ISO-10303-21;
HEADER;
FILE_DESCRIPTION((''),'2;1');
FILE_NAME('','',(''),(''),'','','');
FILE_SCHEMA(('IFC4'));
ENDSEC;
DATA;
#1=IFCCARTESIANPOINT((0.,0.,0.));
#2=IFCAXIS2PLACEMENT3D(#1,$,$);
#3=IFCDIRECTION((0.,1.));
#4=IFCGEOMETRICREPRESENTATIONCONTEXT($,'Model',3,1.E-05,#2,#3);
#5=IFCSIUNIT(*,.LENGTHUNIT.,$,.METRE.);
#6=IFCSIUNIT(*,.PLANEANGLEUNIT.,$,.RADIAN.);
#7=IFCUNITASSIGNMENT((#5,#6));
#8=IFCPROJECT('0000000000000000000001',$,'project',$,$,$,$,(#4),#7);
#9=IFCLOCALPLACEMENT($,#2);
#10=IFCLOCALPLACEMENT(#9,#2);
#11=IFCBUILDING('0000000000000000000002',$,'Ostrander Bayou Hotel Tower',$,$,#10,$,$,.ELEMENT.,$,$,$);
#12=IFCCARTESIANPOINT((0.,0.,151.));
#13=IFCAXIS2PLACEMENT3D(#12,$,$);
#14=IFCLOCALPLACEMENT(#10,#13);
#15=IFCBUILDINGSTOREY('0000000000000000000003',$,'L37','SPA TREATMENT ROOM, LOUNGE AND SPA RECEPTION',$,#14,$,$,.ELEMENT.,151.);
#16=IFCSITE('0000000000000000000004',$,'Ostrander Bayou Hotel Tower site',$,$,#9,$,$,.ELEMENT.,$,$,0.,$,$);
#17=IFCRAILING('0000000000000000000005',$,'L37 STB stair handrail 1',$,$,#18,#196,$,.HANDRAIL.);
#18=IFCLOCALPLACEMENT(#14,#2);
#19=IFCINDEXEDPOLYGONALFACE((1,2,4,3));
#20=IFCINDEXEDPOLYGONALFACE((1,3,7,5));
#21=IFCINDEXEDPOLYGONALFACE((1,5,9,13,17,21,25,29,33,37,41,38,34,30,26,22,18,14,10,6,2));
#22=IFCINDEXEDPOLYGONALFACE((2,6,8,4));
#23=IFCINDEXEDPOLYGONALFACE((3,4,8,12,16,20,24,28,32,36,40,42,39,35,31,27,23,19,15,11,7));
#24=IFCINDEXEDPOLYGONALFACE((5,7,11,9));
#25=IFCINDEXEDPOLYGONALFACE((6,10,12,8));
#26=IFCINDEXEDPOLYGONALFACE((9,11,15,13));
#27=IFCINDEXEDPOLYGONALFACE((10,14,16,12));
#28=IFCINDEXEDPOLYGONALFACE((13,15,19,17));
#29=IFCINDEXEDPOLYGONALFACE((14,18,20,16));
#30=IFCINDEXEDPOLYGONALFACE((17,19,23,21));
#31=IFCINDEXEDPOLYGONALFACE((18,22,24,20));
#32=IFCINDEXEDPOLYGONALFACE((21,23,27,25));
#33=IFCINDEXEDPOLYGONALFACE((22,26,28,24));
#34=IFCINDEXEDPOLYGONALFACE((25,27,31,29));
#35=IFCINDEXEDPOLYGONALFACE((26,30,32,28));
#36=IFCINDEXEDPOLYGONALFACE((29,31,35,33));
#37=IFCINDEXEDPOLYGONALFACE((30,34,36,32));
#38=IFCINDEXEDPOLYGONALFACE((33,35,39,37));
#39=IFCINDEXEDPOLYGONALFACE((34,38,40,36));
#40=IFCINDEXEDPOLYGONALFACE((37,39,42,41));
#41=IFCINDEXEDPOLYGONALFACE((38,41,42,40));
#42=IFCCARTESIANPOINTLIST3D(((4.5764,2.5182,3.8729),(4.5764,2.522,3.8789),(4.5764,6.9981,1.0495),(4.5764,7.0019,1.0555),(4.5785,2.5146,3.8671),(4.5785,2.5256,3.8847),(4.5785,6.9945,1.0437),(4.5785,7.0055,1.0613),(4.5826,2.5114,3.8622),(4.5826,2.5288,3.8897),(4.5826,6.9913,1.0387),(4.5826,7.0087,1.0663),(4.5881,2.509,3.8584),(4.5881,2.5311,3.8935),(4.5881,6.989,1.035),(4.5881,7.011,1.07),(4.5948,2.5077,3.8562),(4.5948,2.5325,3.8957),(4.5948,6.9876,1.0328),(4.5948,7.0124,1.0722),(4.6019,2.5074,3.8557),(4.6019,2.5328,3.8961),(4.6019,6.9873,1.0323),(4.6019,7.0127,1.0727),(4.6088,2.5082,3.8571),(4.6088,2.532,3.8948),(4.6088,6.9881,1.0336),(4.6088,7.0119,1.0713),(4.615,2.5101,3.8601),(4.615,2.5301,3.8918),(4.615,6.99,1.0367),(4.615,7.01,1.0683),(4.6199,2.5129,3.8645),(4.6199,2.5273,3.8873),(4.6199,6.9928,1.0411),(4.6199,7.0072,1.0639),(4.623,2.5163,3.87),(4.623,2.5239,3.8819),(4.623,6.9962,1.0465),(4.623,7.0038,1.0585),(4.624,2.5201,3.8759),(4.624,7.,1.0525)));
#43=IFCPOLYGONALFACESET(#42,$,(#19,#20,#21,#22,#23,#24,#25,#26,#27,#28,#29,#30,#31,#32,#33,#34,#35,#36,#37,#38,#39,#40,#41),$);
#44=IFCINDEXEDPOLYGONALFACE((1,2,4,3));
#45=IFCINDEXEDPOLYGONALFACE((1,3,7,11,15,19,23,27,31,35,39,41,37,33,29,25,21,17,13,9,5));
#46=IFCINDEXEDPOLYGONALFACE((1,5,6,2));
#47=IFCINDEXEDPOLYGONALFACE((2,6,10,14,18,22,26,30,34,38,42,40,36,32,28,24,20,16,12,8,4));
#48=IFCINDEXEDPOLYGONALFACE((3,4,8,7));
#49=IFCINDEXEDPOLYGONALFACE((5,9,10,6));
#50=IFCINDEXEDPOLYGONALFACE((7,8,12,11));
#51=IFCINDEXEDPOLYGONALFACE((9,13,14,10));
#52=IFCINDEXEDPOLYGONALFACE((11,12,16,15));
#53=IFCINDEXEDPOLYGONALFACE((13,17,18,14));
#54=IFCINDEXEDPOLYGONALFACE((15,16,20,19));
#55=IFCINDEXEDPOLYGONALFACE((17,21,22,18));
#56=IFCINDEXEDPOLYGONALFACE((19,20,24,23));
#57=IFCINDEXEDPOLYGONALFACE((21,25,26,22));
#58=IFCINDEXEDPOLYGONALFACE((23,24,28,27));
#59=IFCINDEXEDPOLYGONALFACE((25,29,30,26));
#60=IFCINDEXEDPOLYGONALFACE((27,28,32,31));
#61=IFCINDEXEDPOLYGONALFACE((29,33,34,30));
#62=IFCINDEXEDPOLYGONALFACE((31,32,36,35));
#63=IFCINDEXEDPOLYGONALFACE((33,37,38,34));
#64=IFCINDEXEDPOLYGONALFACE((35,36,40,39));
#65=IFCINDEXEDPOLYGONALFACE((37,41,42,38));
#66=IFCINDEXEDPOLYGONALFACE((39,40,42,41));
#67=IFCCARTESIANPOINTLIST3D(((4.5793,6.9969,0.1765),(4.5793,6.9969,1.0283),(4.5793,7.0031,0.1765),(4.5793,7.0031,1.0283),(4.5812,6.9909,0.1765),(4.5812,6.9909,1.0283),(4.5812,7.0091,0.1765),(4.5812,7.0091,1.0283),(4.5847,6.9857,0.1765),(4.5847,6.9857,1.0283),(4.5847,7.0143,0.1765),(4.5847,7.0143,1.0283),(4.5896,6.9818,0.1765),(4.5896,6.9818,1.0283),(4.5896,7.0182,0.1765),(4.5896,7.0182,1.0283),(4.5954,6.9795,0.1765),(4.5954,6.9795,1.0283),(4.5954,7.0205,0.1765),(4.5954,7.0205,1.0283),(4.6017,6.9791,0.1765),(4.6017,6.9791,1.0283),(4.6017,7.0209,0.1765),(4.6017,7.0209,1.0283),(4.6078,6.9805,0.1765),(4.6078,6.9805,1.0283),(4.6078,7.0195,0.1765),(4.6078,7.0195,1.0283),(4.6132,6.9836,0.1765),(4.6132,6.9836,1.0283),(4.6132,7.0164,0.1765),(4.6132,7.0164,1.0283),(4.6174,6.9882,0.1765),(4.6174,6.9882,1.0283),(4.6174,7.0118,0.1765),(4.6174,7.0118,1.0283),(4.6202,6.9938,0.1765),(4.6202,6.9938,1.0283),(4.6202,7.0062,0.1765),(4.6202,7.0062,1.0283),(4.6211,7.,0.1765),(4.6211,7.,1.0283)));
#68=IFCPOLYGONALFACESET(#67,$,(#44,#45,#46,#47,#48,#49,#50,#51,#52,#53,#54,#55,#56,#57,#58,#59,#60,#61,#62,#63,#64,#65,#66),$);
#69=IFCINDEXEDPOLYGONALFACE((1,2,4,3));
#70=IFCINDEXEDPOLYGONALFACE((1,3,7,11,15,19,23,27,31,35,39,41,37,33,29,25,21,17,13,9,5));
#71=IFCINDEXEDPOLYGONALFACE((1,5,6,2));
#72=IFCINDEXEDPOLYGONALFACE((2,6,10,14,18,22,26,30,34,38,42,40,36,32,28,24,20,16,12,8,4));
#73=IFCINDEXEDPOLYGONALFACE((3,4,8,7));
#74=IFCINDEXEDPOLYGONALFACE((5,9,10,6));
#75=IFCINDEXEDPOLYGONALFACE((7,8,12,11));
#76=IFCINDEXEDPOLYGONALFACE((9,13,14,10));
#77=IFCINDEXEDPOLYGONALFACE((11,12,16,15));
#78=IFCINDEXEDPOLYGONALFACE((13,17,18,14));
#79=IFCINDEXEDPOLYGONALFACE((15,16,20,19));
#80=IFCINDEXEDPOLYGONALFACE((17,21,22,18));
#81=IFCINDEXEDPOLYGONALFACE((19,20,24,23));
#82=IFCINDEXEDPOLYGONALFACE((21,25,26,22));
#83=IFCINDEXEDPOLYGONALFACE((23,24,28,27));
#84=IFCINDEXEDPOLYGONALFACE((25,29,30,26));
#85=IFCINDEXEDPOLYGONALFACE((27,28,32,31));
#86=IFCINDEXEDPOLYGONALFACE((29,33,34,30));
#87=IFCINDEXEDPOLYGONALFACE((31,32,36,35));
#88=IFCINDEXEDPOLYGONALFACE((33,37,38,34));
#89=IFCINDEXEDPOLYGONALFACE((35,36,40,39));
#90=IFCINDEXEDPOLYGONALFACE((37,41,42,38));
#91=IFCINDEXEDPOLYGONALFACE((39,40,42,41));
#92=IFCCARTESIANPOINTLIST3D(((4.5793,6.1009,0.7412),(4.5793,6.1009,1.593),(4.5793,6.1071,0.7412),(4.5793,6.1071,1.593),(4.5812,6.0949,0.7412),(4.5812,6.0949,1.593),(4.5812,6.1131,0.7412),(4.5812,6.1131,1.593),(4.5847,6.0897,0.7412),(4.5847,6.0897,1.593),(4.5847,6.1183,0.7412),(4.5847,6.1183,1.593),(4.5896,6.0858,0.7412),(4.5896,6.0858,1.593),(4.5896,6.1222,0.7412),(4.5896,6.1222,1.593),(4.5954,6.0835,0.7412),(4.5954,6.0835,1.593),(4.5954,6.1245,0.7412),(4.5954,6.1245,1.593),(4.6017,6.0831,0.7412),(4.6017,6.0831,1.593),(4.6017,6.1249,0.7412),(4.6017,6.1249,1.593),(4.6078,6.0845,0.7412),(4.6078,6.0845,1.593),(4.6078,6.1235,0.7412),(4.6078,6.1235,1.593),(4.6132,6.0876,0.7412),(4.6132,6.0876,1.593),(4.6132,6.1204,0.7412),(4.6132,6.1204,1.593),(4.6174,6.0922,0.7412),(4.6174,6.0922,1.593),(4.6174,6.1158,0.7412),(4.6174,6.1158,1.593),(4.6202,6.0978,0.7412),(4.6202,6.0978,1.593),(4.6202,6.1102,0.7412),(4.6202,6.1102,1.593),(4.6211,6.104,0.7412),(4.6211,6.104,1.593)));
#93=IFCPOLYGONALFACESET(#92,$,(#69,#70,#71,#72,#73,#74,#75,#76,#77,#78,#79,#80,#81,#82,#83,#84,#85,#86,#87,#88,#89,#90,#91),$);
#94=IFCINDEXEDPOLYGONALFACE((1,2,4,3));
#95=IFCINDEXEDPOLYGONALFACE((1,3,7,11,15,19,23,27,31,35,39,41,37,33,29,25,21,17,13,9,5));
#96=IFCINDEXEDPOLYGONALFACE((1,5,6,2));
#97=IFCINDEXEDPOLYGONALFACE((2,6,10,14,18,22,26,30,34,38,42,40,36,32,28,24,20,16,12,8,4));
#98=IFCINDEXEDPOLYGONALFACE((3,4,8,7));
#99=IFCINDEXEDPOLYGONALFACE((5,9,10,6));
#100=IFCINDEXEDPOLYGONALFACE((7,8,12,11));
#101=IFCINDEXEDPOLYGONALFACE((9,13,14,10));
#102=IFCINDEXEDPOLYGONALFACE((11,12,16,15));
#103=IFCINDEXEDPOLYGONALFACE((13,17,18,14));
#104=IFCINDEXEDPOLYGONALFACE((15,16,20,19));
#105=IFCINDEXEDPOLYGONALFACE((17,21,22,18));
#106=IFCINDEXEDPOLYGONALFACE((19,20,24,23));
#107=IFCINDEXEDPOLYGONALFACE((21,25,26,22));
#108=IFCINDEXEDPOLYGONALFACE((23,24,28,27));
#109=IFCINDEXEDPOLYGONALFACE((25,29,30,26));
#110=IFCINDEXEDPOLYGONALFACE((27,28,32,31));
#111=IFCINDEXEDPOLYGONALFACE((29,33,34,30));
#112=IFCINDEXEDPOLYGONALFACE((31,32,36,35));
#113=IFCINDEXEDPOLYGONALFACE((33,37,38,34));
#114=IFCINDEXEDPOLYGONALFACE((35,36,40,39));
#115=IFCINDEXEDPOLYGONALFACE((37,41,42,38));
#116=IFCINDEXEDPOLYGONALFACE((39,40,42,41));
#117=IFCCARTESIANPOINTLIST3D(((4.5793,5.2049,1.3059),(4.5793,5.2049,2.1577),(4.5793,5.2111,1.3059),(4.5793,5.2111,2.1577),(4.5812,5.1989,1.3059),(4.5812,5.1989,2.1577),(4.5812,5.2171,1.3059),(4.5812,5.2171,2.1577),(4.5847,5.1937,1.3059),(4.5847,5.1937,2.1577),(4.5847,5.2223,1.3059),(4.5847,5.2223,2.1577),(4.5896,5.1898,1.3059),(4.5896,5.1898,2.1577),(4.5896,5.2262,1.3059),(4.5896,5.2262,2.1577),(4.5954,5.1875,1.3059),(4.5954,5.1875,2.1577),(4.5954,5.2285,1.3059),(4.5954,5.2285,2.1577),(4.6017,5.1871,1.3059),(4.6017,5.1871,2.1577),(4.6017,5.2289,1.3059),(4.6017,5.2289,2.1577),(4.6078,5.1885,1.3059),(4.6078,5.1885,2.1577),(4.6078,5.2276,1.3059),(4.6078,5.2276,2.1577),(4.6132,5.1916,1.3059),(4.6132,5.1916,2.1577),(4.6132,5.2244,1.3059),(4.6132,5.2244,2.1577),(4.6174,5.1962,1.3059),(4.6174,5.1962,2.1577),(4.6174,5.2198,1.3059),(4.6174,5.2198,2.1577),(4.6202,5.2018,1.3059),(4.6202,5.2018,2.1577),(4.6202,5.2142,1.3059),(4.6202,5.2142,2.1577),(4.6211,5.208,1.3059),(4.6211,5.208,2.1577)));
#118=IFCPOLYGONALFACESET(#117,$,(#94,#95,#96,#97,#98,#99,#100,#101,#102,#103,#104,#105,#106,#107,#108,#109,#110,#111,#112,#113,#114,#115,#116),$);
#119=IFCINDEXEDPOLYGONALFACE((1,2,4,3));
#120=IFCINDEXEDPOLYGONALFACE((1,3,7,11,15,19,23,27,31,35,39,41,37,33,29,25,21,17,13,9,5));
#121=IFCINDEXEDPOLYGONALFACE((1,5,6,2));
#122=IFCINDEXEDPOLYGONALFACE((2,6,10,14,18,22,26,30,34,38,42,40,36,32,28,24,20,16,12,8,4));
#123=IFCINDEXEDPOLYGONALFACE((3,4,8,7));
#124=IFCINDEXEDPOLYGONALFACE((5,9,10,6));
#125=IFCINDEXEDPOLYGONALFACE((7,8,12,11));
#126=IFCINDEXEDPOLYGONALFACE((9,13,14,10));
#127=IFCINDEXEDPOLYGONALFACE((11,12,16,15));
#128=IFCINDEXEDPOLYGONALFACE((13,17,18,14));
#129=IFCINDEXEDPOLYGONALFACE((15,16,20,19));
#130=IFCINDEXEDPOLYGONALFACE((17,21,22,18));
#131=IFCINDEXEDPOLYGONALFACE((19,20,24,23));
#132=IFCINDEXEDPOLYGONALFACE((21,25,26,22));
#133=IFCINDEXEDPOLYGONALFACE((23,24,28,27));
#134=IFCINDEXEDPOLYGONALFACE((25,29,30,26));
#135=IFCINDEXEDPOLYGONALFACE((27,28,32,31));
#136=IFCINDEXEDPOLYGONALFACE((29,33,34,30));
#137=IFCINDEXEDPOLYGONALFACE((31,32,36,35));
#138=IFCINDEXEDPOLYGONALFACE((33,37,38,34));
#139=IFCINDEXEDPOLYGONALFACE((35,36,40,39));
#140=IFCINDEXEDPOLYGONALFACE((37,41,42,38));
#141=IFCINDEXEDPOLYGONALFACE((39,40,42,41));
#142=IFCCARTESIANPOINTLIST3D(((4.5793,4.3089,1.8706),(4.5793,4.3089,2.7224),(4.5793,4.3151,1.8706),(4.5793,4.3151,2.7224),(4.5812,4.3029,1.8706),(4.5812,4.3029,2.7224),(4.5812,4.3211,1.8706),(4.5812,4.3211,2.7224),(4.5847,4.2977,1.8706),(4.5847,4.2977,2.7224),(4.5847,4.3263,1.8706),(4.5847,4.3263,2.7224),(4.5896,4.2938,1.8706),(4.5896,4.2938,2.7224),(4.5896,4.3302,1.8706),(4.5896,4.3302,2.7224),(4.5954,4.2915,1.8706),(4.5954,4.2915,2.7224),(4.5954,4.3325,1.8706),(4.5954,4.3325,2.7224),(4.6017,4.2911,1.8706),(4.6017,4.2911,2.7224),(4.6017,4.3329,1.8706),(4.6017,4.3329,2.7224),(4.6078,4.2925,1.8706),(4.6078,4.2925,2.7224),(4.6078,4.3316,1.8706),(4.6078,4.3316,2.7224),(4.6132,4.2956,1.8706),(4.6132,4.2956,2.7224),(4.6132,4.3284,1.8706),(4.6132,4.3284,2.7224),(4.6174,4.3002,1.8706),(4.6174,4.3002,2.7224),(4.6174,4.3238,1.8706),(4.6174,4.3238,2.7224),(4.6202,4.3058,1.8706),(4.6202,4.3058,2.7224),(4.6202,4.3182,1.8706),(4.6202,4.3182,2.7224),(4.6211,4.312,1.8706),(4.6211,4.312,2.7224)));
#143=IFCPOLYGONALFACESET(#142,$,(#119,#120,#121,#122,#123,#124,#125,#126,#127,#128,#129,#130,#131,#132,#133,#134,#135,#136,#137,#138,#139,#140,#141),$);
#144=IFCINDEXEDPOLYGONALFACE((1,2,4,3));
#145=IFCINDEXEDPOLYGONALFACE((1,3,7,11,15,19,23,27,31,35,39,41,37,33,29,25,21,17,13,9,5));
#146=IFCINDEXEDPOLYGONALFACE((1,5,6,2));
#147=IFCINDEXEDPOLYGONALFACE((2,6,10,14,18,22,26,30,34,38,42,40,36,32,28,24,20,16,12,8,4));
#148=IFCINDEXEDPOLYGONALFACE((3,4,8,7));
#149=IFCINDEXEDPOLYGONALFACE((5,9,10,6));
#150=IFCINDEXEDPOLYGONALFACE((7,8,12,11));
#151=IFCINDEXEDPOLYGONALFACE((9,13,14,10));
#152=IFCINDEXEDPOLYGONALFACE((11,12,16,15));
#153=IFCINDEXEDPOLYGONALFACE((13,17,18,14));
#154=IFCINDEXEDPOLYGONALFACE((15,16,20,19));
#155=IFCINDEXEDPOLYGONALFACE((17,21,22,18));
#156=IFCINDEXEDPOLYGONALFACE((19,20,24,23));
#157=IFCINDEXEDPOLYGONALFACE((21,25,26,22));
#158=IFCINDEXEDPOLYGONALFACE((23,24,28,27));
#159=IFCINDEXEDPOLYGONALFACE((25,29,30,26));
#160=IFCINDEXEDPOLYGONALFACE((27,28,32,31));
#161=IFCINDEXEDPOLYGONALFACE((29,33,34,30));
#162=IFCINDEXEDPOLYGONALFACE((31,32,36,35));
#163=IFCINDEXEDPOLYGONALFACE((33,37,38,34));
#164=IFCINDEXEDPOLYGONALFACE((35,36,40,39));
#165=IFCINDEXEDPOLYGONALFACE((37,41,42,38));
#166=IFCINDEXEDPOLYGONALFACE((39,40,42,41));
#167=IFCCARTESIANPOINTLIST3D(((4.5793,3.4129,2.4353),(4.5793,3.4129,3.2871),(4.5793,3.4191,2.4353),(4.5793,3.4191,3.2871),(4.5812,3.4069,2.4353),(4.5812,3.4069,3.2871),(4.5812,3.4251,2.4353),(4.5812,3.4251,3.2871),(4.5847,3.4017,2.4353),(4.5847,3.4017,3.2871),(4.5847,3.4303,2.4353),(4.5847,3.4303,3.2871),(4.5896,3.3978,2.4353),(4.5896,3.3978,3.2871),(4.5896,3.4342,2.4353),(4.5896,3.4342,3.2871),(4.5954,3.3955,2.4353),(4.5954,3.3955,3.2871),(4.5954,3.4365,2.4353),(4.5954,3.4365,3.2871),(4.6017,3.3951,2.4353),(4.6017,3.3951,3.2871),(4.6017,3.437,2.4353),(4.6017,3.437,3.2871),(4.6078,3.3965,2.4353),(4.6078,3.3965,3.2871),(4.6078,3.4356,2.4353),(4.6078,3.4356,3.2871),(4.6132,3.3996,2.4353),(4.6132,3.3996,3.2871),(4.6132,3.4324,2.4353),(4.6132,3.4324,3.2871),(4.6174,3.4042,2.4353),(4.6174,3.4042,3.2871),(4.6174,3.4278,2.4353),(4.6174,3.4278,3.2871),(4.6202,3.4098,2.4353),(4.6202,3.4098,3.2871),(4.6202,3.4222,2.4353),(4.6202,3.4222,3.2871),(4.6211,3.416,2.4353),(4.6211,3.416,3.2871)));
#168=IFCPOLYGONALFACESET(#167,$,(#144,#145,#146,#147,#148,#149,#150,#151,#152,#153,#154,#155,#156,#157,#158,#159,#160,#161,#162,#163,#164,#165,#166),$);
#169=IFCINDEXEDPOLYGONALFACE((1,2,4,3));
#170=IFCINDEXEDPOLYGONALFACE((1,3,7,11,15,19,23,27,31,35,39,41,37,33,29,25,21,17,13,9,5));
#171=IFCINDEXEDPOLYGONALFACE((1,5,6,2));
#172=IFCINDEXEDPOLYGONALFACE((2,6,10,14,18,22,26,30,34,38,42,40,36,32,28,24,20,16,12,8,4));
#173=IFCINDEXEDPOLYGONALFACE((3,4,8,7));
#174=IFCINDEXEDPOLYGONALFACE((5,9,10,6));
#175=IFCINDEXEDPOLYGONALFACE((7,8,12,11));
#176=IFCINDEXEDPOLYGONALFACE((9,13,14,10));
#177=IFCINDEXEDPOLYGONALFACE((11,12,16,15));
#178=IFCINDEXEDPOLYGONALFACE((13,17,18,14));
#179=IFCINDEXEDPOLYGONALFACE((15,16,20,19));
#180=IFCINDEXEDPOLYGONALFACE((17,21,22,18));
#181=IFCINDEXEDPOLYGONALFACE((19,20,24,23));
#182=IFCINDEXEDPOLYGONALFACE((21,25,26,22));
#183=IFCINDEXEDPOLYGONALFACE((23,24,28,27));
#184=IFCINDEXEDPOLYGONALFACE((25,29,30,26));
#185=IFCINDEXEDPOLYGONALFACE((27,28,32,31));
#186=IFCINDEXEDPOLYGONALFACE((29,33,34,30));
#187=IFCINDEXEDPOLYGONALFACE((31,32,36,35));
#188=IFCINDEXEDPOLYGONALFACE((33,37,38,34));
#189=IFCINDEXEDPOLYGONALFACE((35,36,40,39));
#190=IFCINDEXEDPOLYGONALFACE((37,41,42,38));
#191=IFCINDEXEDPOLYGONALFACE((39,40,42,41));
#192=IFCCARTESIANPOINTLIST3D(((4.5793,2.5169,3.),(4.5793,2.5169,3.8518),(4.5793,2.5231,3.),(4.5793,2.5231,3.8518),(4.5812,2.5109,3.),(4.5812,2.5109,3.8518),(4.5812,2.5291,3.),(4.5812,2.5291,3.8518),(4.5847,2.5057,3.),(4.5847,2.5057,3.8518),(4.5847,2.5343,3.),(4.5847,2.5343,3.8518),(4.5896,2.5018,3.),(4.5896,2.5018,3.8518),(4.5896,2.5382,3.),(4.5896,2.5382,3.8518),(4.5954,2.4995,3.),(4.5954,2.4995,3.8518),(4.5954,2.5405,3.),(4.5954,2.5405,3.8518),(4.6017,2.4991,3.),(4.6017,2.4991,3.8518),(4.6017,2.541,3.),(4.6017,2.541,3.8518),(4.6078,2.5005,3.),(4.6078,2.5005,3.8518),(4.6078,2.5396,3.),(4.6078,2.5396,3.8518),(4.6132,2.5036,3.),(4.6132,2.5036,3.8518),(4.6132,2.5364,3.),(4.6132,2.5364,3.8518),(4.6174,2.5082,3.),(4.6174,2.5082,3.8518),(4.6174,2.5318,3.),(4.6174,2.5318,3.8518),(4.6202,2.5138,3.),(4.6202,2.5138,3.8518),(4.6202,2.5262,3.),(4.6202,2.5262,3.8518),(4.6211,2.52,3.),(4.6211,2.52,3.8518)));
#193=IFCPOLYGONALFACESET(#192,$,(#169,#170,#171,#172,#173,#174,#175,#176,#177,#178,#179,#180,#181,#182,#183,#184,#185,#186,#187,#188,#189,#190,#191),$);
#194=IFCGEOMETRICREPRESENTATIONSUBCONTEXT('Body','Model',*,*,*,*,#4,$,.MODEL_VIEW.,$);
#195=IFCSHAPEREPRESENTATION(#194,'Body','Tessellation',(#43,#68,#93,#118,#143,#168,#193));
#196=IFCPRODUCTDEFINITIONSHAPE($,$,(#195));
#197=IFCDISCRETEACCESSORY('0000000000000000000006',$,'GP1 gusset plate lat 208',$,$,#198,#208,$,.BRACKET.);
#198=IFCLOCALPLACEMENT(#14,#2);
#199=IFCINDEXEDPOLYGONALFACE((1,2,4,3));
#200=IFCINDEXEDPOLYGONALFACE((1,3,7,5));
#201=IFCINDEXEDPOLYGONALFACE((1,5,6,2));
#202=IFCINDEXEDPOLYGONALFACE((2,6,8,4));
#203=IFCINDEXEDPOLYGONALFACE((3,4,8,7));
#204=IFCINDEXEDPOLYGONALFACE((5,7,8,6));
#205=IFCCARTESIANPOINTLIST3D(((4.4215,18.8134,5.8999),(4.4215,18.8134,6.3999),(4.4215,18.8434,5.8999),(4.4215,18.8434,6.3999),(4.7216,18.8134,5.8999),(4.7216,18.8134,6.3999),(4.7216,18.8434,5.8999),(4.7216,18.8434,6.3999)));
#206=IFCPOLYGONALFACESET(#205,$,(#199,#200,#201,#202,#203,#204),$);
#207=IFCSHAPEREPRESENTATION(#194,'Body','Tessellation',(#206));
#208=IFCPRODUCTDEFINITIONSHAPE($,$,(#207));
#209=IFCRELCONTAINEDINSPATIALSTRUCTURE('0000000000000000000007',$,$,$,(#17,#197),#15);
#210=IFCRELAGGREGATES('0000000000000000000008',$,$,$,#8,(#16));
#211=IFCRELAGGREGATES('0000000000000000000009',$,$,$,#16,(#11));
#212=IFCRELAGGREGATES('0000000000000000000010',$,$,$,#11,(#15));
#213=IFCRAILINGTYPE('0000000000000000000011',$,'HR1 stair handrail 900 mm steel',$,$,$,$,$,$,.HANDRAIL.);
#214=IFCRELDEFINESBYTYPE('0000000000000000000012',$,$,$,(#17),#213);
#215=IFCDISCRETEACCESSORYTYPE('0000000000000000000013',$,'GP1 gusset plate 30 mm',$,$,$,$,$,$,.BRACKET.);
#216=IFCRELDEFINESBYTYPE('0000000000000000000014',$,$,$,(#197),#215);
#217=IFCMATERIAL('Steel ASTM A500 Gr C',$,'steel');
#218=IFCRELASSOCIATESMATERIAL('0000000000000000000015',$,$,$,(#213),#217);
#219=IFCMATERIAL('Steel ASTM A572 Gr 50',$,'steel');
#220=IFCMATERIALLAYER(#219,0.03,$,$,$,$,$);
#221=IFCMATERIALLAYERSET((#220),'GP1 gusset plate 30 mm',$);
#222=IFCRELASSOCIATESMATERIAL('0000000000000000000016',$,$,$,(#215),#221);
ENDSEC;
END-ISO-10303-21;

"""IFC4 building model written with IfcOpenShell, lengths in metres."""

from ifc_helpers import new_model, si_unit, direction, frame, origin, origin_2d, place, context, subcontext, project, spatial, rectangle, circle, extrude, material, layer, layer_set, type_object, element, save


model = new_model("IFC4")

# Units and contexts
model_context = context("Model", 3, precision=1e-05, world=origin(), true_north=direction((0.0, 1.0)))
body_context = subcontext(model_context, "Body", "Model", "MODEL_VIEW")
ifc_project = project(units=[si_unit("LENGTHUNIT", "METRE"), si_unit("PLANEANGLEUNIT", "RADIAN")], contexts=[model_context])

# Site, building, storey
site_placement = place(None, origin())
site = spatial("IfcSite", under=ifc_project, at=site_placement, Name="Ostrander Bayou Hotel Tower site", CompositionType="ELEMENT", RefElevation=0.0)
building_placement = place(site_placement, origin())
building = spatial("IfcBuilding", under=site, at=building_placement, Name="Ostrander Bayou Hotel Tower", CompositionType="ELEMENT")
storey_placement = place(building_placement, frame((0.0, 0.0, 151.0)))
storey = spatial("IfcBuildingStorey", under=building, at=storey_placement, Name="L37", Description="SPA TREATMENT ROOM, LOUNGE AND SPA RECEPTION", CompositionType="ELEMENT", Elevation=151.0)

# Railing
ifc_material_1 = material(Name="Steel ASTM A500 Gr C", Category="steel")
railing_type_1 = type_object("IfcRailingType", Name="HR1 stair handrail 900 mm steel", PredefinedType="HANDRAIL", material=ifc_material_1)
railing_1_placement = place(storey_placement, frame((4.6001, 7.0, 0.1765)))
element("IfcRailing", 1, at=railing_1_placement, inside=storey, type_object=railing_type_1, Name="L37 STB stair handrail 1", PredefinedType="HANDRAIL", context=body_context, shape_type="SweptSolid", body=[
    extrude(circle(Radius=0.0239, at=origin_2d()), frame((0.0, 0.0, 0.876), z_axis=(0.0, -0.845998, 0.533186), x_axis=(1.0, 0.0, 0.0)), (0.0, 0.0, 1.0), 5.2954),
    extrude(circle(Radius=0.021, at=origin_2d()), origin(), (0.0, 0.0, 1.0), 0.8518),
    extrude(circle(Radius=0.021, at=origin_2d()), frame((0.0, -0.896, 0.5647)), (0.0, 0.0, 1.0), 0.8518),
    extrude(circle(Radius=0.021, at=origin_2d()), frame((0.0, -1.792, 1.1294)), (0.0, 0.0, 1.0), 0.8518),
    extrude(circle(Radius=0.021, at=origin_2d()), frame((0.0, -2.688, 1.6941)), (0.0, 0.0, 1.0), 0.8518),
    extrude(circle(Radius=0.021, at=origin_2d()), frame((0.0, -3.584, 2.2588)), (0.0, 0.0, 1.0), 0.8518),
    extrude(circle(Radius=0.021, at=origin_2d()), frame((0.0, -4.48, 2.8235)), (0.0, 0.0, 1.0), 0.8518),
])

# Discrete accessory
ifc_material_2 = material(Name="Steel ASTM A572 Gr 50", Category="steel")
ifc_layer_1 = layer(ifc_material_2, 0.03)
ifc_layer_set_1 = layer_set([ifc_layer_1], Name="GP1 gusset plate 30 mm")
discrete_accessory_type = type_object("IfcDiscreteAccessoryType", Name="GP1 gusset plate 30 mm", PredefinedType="BRACKET", material=ifc_layer_set_1)
for number, where, z_axis, x_axis, name in (
    (2, (4.5715, 18.8284, 5.8999), (0.0, 0.0, 1.0), (-1.0, 0.0, 0.0), "GP1 gusset plate lat 208"),
):
    element("IfcDiscreteAccessory", number, at=place(storey_placement, frame(where, z_axis=z_axis, x_axis=x_axis)), inside=storey, type_object=discrete_accessory_type, Name=name, PredefinedType="BRACKET", context=body_context, shape_type="SweptSolid", body=[
        extrude(rectangle(XDim=0.3, YDim=0.03, at=origin_2d()), origin(), (0.0, 0.0, 1.0), 0.5),
    ])

save(model, "model.ifc")
